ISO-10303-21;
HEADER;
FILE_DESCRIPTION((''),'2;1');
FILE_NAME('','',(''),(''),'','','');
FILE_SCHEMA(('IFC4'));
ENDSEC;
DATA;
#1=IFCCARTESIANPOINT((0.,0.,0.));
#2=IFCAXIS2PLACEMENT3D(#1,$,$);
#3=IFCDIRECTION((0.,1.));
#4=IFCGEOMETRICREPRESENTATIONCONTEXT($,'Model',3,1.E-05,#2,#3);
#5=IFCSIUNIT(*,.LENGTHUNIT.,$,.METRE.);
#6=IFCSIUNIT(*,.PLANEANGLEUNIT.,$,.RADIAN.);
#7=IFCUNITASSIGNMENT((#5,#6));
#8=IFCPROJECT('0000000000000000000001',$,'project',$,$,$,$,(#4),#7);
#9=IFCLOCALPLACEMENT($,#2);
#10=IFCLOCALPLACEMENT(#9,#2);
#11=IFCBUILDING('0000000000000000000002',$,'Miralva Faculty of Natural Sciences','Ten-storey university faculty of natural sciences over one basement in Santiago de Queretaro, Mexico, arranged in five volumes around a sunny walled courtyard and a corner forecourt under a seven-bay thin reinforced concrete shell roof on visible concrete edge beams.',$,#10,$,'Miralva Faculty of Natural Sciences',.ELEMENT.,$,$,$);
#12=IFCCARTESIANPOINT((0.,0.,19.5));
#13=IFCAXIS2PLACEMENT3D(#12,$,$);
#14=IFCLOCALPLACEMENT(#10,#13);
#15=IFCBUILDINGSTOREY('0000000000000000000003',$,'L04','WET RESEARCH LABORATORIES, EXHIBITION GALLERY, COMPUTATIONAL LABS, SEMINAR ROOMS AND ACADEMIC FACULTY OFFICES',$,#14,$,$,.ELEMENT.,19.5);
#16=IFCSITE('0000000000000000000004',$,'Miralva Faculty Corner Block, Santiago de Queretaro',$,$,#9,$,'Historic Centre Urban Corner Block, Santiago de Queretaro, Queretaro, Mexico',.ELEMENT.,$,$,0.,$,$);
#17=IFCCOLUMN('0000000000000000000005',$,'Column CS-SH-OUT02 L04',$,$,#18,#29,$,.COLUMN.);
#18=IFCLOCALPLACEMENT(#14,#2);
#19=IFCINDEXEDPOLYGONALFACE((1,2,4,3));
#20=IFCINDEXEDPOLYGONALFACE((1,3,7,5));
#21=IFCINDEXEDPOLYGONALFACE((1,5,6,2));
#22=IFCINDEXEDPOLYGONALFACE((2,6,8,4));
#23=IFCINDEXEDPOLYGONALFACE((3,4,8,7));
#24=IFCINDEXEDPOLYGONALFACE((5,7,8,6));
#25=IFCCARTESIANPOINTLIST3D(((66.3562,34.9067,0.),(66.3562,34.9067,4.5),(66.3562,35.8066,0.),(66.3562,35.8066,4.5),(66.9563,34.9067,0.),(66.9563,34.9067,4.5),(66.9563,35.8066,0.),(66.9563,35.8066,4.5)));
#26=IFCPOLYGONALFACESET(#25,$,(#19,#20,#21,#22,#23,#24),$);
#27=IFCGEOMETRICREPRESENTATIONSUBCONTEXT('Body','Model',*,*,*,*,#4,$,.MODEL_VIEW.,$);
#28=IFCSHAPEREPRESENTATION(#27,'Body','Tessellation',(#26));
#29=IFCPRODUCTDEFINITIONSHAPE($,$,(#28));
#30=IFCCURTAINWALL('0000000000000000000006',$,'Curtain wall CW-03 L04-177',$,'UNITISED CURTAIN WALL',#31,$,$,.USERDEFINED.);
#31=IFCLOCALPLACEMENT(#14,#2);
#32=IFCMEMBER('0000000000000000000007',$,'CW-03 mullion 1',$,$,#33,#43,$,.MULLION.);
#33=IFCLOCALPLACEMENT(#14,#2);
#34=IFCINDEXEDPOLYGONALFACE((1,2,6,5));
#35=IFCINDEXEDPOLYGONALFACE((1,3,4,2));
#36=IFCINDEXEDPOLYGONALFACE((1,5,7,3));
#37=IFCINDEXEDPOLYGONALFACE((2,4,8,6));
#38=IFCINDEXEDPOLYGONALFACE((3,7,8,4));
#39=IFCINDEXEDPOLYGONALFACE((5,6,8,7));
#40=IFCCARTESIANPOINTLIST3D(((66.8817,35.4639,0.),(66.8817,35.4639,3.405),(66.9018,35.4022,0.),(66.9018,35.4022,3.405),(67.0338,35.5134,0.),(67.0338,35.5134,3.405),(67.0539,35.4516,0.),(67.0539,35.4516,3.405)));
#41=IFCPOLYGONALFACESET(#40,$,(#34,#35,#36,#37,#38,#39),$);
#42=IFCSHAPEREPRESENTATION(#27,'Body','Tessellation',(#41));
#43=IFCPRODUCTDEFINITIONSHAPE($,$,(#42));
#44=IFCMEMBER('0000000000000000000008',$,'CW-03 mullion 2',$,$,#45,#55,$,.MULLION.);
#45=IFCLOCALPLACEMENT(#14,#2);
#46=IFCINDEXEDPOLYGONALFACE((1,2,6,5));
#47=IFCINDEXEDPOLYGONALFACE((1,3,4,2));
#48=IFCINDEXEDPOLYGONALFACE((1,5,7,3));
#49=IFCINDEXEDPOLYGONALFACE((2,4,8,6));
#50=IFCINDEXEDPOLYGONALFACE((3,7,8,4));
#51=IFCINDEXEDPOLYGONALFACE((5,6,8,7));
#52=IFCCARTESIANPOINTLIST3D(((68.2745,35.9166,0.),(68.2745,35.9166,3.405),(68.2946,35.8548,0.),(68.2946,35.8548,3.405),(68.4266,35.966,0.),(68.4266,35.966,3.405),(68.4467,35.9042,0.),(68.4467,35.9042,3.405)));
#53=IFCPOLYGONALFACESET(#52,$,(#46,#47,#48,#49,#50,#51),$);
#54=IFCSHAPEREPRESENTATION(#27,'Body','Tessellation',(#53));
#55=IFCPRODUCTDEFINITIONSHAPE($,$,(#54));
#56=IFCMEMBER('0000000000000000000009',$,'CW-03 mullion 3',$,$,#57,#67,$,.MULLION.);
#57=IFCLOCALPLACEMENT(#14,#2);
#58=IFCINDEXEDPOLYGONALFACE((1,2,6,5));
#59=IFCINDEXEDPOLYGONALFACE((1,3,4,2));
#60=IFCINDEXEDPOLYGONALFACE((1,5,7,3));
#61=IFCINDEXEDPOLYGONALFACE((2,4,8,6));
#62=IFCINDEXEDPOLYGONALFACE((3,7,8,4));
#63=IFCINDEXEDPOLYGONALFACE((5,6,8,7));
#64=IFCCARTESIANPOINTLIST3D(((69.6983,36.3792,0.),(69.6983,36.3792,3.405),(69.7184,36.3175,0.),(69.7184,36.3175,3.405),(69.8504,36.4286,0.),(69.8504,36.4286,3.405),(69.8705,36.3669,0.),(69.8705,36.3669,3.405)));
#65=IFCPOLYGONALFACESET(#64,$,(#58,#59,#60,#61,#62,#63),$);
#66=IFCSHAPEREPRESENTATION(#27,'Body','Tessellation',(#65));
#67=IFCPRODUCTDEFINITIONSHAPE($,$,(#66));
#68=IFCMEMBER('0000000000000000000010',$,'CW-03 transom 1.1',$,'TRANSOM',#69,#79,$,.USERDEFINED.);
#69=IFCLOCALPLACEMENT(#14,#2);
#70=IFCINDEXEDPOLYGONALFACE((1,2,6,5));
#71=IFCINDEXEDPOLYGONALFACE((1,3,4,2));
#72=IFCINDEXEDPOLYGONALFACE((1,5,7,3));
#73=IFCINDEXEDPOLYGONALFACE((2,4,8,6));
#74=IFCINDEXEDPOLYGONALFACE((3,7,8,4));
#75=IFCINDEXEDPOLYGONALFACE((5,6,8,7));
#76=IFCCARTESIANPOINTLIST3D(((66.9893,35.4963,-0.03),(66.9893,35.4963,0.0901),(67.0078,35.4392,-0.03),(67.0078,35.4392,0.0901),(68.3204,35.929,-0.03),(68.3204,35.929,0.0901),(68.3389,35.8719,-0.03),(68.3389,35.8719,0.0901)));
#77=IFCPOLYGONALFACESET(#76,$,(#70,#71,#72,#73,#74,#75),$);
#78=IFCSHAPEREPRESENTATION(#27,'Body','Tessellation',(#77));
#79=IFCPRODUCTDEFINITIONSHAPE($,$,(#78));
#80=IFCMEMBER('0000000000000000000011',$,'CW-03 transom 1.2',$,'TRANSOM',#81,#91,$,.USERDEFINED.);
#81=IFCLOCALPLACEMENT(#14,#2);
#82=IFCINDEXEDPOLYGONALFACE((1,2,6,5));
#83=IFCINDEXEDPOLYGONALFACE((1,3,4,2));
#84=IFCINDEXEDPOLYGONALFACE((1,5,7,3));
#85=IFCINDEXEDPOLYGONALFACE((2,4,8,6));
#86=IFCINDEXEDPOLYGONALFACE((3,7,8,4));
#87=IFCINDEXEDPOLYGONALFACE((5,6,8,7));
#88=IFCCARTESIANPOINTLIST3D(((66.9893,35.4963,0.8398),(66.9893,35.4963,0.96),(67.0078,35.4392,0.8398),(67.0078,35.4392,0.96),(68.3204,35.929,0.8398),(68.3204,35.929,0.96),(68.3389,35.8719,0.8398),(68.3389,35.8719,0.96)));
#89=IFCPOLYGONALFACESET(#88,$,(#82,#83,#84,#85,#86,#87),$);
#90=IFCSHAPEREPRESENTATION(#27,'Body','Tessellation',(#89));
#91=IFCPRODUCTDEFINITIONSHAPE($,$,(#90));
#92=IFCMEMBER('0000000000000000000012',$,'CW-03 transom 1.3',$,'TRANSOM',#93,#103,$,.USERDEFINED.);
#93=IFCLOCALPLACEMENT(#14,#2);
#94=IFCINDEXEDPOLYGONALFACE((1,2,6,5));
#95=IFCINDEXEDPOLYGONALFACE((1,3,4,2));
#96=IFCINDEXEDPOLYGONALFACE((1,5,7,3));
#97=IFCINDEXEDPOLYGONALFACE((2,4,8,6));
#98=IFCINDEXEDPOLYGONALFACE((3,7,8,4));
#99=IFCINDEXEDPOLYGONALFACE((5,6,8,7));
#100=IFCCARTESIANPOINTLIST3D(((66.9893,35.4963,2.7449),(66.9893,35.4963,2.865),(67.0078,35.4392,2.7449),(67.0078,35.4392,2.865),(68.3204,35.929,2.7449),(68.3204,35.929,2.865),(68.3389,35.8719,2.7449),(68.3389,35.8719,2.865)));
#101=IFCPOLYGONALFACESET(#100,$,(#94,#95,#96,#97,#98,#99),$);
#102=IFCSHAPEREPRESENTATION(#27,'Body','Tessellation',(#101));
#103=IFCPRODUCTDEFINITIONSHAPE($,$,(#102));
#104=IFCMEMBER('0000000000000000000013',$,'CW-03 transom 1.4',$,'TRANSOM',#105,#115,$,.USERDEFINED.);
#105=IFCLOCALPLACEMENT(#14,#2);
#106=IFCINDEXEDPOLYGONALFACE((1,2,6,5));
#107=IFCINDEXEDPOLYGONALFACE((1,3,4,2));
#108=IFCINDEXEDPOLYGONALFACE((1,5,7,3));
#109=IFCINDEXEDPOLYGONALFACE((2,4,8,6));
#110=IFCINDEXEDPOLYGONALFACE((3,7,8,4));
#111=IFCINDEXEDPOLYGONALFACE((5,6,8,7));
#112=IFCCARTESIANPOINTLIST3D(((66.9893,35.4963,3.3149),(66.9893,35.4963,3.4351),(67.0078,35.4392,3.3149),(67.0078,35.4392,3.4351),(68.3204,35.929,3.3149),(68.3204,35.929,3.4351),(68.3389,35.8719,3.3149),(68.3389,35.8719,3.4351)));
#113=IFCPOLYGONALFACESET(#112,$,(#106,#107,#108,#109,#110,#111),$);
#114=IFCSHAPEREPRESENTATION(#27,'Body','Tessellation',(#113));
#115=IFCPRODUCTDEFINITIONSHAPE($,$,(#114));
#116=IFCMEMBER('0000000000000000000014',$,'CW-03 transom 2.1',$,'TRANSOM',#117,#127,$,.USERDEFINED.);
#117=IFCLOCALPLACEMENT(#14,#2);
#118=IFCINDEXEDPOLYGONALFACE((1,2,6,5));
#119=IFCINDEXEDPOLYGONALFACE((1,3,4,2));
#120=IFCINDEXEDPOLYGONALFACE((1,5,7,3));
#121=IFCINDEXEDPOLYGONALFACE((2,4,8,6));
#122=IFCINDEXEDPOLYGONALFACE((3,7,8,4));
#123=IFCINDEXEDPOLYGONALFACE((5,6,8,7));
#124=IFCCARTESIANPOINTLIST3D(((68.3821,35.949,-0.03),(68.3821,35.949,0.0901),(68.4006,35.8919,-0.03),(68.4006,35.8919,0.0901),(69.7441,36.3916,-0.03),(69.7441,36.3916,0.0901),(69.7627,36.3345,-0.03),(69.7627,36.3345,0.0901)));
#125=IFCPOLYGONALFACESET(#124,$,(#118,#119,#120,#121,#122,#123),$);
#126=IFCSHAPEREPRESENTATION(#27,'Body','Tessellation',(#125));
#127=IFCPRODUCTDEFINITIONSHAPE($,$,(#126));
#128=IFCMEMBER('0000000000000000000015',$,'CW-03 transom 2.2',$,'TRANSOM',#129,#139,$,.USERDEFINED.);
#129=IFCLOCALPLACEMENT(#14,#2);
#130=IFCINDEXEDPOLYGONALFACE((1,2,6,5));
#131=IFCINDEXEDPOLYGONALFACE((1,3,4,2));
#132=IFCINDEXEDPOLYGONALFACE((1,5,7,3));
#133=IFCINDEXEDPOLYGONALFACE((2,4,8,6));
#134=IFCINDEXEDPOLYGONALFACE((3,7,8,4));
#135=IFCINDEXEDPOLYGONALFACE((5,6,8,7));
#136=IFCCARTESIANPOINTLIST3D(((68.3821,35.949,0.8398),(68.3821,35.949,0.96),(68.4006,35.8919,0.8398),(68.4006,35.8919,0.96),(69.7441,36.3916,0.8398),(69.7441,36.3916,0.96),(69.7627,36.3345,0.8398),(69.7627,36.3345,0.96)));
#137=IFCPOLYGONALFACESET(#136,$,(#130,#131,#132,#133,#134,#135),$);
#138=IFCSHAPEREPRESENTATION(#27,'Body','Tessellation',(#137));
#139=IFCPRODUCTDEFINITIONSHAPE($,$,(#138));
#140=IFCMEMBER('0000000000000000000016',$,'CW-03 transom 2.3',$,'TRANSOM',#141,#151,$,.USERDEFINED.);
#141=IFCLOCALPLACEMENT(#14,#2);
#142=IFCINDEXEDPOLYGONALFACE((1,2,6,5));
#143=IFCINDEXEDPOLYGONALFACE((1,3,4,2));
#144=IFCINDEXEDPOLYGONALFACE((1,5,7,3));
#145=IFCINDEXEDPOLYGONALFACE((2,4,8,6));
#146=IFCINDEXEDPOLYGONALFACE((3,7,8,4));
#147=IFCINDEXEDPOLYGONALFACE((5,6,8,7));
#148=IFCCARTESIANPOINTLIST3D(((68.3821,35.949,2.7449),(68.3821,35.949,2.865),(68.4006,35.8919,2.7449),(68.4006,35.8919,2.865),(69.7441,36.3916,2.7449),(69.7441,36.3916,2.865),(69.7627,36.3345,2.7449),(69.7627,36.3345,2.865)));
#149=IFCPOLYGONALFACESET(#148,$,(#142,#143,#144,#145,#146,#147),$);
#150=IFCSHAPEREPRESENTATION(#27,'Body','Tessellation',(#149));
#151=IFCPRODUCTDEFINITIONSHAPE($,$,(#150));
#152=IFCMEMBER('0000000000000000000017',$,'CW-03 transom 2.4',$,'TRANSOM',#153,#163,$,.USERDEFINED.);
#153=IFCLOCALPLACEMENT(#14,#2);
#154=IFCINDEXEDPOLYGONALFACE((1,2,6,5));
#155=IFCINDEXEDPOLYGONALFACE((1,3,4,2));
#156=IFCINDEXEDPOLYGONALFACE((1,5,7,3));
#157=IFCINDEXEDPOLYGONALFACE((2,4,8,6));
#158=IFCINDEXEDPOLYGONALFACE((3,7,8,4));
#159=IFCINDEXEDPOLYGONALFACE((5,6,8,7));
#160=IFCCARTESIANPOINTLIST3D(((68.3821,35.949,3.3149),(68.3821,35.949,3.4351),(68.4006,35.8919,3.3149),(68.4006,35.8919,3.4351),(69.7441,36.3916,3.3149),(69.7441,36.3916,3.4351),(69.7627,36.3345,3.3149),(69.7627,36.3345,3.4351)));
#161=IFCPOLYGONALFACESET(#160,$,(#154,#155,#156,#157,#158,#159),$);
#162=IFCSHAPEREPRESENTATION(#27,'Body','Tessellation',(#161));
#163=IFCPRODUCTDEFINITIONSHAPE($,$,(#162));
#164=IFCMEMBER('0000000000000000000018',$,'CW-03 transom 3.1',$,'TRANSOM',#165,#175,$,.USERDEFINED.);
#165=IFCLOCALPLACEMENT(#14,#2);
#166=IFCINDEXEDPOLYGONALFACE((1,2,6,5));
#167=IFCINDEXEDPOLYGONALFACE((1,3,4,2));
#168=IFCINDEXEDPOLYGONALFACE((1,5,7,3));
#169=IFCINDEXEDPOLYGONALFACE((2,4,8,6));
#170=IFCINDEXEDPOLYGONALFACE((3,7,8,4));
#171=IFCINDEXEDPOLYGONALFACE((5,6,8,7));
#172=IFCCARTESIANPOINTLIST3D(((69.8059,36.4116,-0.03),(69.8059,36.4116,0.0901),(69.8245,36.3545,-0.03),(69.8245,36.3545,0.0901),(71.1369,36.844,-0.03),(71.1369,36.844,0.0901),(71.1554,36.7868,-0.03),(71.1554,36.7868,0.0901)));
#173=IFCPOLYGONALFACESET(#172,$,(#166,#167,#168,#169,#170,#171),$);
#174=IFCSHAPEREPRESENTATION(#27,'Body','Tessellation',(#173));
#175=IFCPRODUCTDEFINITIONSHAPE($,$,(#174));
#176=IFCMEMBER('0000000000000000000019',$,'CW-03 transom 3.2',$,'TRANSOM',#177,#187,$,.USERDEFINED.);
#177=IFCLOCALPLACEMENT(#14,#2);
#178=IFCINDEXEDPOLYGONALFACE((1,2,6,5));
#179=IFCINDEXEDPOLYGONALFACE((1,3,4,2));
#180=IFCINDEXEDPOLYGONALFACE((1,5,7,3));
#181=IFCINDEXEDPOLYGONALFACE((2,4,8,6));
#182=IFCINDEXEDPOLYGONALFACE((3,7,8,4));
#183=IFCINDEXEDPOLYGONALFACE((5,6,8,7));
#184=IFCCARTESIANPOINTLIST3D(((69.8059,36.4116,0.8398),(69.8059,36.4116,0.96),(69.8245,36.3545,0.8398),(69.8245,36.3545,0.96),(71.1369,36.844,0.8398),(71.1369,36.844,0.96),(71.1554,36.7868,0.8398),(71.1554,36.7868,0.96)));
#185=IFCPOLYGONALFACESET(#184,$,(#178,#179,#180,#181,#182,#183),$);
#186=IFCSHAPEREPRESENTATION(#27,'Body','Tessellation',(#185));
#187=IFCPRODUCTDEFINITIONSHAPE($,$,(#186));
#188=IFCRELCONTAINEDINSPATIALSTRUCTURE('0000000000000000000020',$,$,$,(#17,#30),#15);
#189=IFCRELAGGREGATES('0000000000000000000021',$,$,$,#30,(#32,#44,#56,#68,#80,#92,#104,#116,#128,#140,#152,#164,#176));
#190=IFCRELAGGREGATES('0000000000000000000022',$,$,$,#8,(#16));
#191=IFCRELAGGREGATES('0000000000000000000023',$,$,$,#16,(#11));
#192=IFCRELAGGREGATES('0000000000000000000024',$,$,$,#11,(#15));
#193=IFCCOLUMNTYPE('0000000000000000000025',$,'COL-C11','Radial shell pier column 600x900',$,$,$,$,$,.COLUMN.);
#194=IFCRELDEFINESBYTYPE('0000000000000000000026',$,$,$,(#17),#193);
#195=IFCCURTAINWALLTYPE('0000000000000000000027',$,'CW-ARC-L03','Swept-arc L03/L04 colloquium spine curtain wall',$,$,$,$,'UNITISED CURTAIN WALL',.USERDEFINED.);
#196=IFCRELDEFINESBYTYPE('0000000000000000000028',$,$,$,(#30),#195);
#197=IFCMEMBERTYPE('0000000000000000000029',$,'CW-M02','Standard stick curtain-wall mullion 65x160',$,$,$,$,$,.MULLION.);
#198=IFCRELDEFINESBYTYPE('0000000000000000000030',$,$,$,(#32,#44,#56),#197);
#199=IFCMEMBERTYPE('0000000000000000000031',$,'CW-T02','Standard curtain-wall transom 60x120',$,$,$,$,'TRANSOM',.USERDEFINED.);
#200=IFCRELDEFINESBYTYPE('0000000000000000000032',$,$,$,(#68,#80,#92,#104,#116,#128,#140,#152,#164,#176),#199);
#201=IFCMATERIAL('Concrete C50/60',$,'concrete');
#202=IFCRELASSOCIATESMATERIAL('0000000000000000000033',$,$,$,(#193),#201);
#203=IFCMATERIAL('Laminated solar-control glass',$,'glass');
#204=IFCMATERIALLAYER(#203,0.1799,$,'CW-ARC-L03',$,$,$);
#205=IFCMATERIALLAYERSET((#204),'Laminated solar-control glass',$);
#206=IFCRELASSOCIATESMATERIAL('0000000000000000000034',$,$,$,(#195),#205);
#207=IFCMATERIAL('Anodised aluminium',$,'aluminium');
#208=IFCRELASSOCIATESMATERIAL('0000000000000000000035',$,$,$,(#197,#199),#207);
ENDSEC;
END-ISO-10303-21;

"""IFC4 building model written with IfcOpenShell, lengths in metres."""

from ifc_helpers import new_model, si_unit, direction, frame, origin, origin_2d, place, context, subcontext, project, spatial, rectangle, extrude, material, layer, layer_set, material_profile, profile_set, type_object, element, aggregate, save


model = new_model("IFC4")

# Units and contexts
model_context = context("Model", 3, precision=1e-05, world=origin(), true_north=direction((0.0, 1.0)))
body_context = subcontext(model_context, "Body", "Model", "MODEL_VIEW")
ifc_project = project(units=[si_unit("LENGTHUNIT", "METRE"), si_unit("PLANEANGLEUNIT", "RADIAN")], contexts=[model_context])

# Site, building, storey
site_placement = place(None, origin())
site = spatial("IfcSite", under=ifc_project, at=site_placement, Name="Miralva Faculty Corner Block, Santiago de Queretaro", LongName="Historic Centre Urban Corner Block, Santiago de Queretaro, Queretaro, Mexico", CompositionType="ELEMENT", RefElevation=0.0)
building_placement = place(site_placement, origin())
building = spatial("IfcBuilding", under=site, at=building_placement, Name="Miralva Faculty of Natural Sciences", Description="Ten-storey university faculty of natural sciences over one basement in Santiago de Queretaro, Mexico, arranged in five volumes around a sunny walled courtyard and a corner forecourt under a seven-bay thin reinforced concrete shell roof on visible concrete edge beams.", LongName="Miralva Faculty of Natural Sciences", CompositionType="ELEMENT")
storey_placement = place(building_placement, frame((0.0, 0.0, 19.5)))
storey = spatial("IfcBuildingStorey", under=building, at=storey_placement, Name="L04", Description="WET RESEARCH LABORATORIES, EXHIBITION GALLERY, COMPUTATIONAL LABS, SEMINAR ROOMS AND ACADEMIC FACULTY OFFICES", CompositionType="ELEMENT", Elevation=19.5)

# Column
ifc_material_1 = material(Name="Concrete C50/60", Category="concrete")
ifc_material_profile_1 = material_profile(ifc_material_1, rectangle(XDim=0.6001, YDim=0.8999, at=origin_2d()), Name="RC 600x900")
ifc_profile_set_1 = profile_set([ifc_material_profile_1], Name="Concrete C50/60")
column_type = type_object("IfcColumnType", Name="COL-C11", Description="Radial shell pier column 600x900", PredefinedType="COLUMN", material=ifc_profile_set_1)
column_placement = place(storey_placement, frame((66.6562, 35.3567, 0.0), z_axis=(0.0, 0.0, 1.0), x_axis=(1.0, 0.0, 0.0)))
element("IfcColumn", 1, at=column_placement, inside=storey, type_object=column_type, Name="Column CS-SH-OUT02 L04", PredefinedType="COLUMN", context=body_context, shape_type="SweptSolid", body=[
    extrude(rectangle(XDim=0.6001, YDim=0.8999, at=origin_2d()), origin(), (0.0, 0.0, 1.0), 4.5),
])

# Curtain wall, members
ifc_material_2 = material(Name="Laminated solar-control glass", Category="glass")
ifc_layer_1 = layer(ifc_material_2, 0.1799, Name="CW-ARC-L03")
ifc_layer_set_1 = layer_set([ifc_layer_1], Name="Laminated solar-control glass")
curtain_wall_type = type_object("IfcCurtainWallType", Name="CW-ARC-L03", Description="Swept-arc L03/L04 colloquium spine curtain wall", ElementType="UNITISED CURTAIN WALL", PredefinedType="USERDEFINED", material=ifc_layer_set_1)
curtain_wall_placement = place(storey_placement, origin())
curtain_wall = element("IfcCurtainWall", 2, at=curtain_wall_placement, inside=storey, type_object=curtain_wall_type, Name="Curtain wall CW-03 L04-177", ObjectType="UNITISED CURTAIN WALL", PredefinedType="USERDEFINED")
ifc_material_3 = material(Name="Anodised aluminium", Category="aluminium")
ifc_material_profile_2 = material_profile(ifc_material_3, rectangle(XDim=0.0649, YDim=0.1599, at=origin_2d()), Name="MULLION 65x160")
ifc_profile_set_2 = profile_set([ifc_material_profile_2], Name="Anodised aluminium")
member_type_1 = type_object("IfcMemberType", Name="CW-M02", Description="Standard stick curtain-wall mullion 65x160", PredefinedType="MULLION", material=ifc_profile_set_2)
member_1_placement = place(storey_placement, frame((66.9678, 35.4578, 0.0), z_axis=(0.0, 0.0, 1.0), x_axis=(-0.309011, 0.951058, 0.0)))
member_1 = element("IfcMember", 3, at=member_1_placement, type_object=member_type_1, Name="CW-03 mullion 1", PredefinedType="MULLION", context=body_context, shape_type="SweptSolid", body=[
    extrude(rectangle(XDim=0.0649, YDim=0.1599, at=origin_2d()), origin(), (0.0, 0.0, 1.0), 3.405),
])
member_2_placement = place(storey_placement, frame((68.3606, 35.9104, 0.0), z_axis=(0.0, 0.0, 1.0), x_axis=(-0.309011, 0.951058, 0.0)))
member_2 = element("IfcMember", 4, at=member_2_placement, type_object=member_type_1, Name="CW-03 mullion 2", PredefinedType="MULLION", context=body_context, shape_type="SweptSolid", body=[
    extrude(rectangle(XDim=0.0649, YDim=0.1599, at=origin_2d()), origin(), (0.0, 0.0, 1.0), 3.405),
])
member_3_placement = place(storey_placement, frame((69.7844, 36.373, 0.0), z_axis=(0.0, 0.0, 1.0), x_axis=(-0.309011, 0.951058, 0.0)))
member_3 = element("IfcMember", 5, at=member_3_placement, type_object=member_type_1, Name="CW-03 mullion 3", PredefinedType="MULLION", context=body_context, shape_type="SweptSolid", body=[
    extrude(rectangle(XDim=0.0649, YDim=0.1599, at=origin_2d()), origin(), (0.0, 0.0, 1.0), 3.405),
])
ifc_material_profile_3 = material_profile(ifc_material_3, rectangle(XDim=0.0601, YDim=0.1201, at=origin_2d()), Name="TRANSOM 60x120")
ifc_profile_set_3 = profile_set([ifc_material_profile_3], Name="Anodised aluminium")
member_type_2 = type_object("IfcMemberType", Name="CW-T02", Description="Standard curtain-wall transom 60x120", ElementType="TRANSOM", PredefinedType="USERDEFINED", material=ifc_profile_set_3)
member_4_placement = place(storey_placement, frame((66.9985, 35.4678, 0.03), z_axis=(0.951029, 0.309102, 0.0), x_axis=(-0.309102, 0.951029, 0.0)))
member_4 = element("IfcMember", 6, at=member_4_placement, type_object=member_type_2, Name="CW-03 transom 1.1", ObjectType="TRANSOM", PredefinedType="USERDEFINED", context=body_context, shape_type="SweptSolid", body=[
    extrude(rectangle(XDim=0.0601, YDim=0.1201, at=origin_2d()), origin(), (0.0, 0.0, 1.0), 1.3997),
])
member_5_placement = place(storey_placement, frame((66.9985, 35.4678, 0.8999), z_axis=(0.951029, 0.309102, 0.0), x_axis=(-0.309102, 0.951029, 0.0)))
member_5 = element("IfcMember", 7, at=member_5_placement, type_object=member_type_2, Name="CW-03 transom 1.2", ObjectType="TRANSOM", PredefinedType="USERDEFINED", context=body_context, shape_type="SweptSolid", body=[
    extrude(rectangle(XDim=0.0601, YDim=0.1201, at=origin_2d()), origin(), (0.0, 0.0, 1.0), 1.3997),
])
member_6_placement = place(storey_placement, frame((66.9985, 35.4678, 2.8049), z_axis=(0.951029, 0.309102, 0.0), x_axis=(-0.309102, 0.951029, 0.0)))
member_6 = element("IfcMember", 8, at=member_6_placement, type_object=member_type_2, Name="CW-03 transom 1.3", ObjectType="TRANSOM", PredefinedType="USERDEFINED", context=body_context, shape_type="SweptSolid", body=[
    extrude(rectangle(XDim=0.0601, YDim=0.1201, at=origin_2d()), origin(), (0.0, 0.0, 1.0), 1.3997),
])
member_7_placement = place(storey_placement, frame((66.9985, 35.4678, 3.375), z_axis=(0.951029, 0.309102, 0.0), x_axis=(-0.309102, 0.951029, 0.0)))
member_7 = element("IfcMember", 9, at=member_7_placement, type_object=member_type_2, Name="CW-03 transom 1.4", ObjectType="TRANSOM", PredefinedType="USERDEFINED", context=body_context, shape_type="SweptSolid", body=[
    extrude(rectangle(XDim=0.0601, YDim=0.1201, at=origin_2d()), origin(), (0.0, 0.0, 1.0), 1.3997),
])
member_8_placement = place(storey_placement, frame((68.3914, 35.9204, 0.03), z_axis=(0.951043, 0.309059, 0.0), x_axis=(-0.309059, 0.951043, 0.0)))
member_8 = element("IfcMember", 10, at=member_8_placement, type_object=member_type_2, Name="CW-03 transom 2.1", ObjectType="TRANSOM", PredefinedType="USERDEFINED", context=body_context, shape_type="SweptSolid", body=[
    extrude(rectangle(XDim=0.0601, YDim=0.1201, at=origin_2d()), origin(), (0.0, 0.0, 1.0), 1.4321),
])
member_9_placement = place(storey_placement, frame((68.3914, 35.9204, 0.8999), z_axis=(0.951043, 0.309059, 0.0), x_axis=(-0.309059, 0.951043, 0.0)))
member_9 = element("IfcMember", 11, at=member_9_placement, type_object=member_type_2, Name="CW-03 transom 2.2", ObjectType="TRANSOM", PredefinedType="USERDEFINED", context=body_context, shape_type="SweptSolid", body=[
    extrude(rectangle(XDim=0.0601, YDim=0.1201, at=origin_2d()), origin(), (0.0, 0.0, 1.0), 1.4321),
])
member_10_placement = place(storey_placement, frame((68.3914, 35.9204, 2.8049), z_axis=(0.951043, 0.309059, 0.0), x_axis=(-0.309059, 0.951043, 0.0)))
member_10 = element("IfcMember", 12, at=member_10_placement, type_object=member_type_2, Name="CW-03 transom 2.3", ObjectType="TRANSOM", PredefinedType="USERDEFINED", context=body_context, shape_type="SweptSolid", body=[
    extrude(rectangle(XDim=0.0601, YDim=0.1201, at=origin_2d()), origin(), (0.0, 0.0, 1.0), 1.4321),
])
member_11_placement = place(storey_placement, frame((68.3914, 35.9204, 3.375), z_axis=(0.951043, 0.309059, 0.0), x_axis=(-0.309059, 0.951043, 0.0)))
member_11 = element("IfcMember", 13, at=member_11_placement, type_object=member_type_2, Name="CW-03 transom 2.4", ObjectType="TRANSOM", PredefinedType="USERDEFINED", context=body_context, shape_type="SweptSolid", body=[
    extrude(rectangle(XDim=0.0601, YDim=0.1201, at=origin_2d()), origin(), (0.0, 0.0, 1.0), 1.4321),
])
member_12_placement = place(storey_placement, frame((69.8152, 36.3831, 0.03), z_axis=(0.95108, 0.308944, 0.0), x_axis=(-0.308944, 0.95108, 0.0)))
member_12 = element("IfcMember", 14, at=member_12_placement, type_object=member_type_2, Name="CW-03 transom 3.1", ObjectType="TRANSOM", PredefinedType="USERDEFINED", context=body_context, shape_type="SweptSolid", body=[
    extrude(rectangle(XDim=0.0601, YDim=0.1201, at=origin_2d()), origin(), (0.0, 0.0, 1.0), 1.3994),
])
member_13_placement = place(storey_placement, frame((69.8152, 36.3831, 0.8999), z_axis=(0.95108, 0.308944, 0.0), x_axis=(-0.308944, 0.95108, 0.0)))
member_13 = element("IfcMember", 15, at=member_13_placement, type_object=member_type_2, Name="CW-03 transom 3.2", ObjectType="TRANSOM", PredefinedType="USERDEFINED", context=body_context, shape_type="SweptSolid", body=[
    extrude(rectangle(XDim=0.0601, YDim=0.1201, at=origin_2d()), origin(), (0.0, 0.0, 1.0), 1.3994),
])

aggregate(curtain_wall, [member_1, member_2, member_3, member_4, member_5, member_6, member_7, member_8, member_9, member_10, member_11, member_12, member_13])

save(model, "model.ifc")
